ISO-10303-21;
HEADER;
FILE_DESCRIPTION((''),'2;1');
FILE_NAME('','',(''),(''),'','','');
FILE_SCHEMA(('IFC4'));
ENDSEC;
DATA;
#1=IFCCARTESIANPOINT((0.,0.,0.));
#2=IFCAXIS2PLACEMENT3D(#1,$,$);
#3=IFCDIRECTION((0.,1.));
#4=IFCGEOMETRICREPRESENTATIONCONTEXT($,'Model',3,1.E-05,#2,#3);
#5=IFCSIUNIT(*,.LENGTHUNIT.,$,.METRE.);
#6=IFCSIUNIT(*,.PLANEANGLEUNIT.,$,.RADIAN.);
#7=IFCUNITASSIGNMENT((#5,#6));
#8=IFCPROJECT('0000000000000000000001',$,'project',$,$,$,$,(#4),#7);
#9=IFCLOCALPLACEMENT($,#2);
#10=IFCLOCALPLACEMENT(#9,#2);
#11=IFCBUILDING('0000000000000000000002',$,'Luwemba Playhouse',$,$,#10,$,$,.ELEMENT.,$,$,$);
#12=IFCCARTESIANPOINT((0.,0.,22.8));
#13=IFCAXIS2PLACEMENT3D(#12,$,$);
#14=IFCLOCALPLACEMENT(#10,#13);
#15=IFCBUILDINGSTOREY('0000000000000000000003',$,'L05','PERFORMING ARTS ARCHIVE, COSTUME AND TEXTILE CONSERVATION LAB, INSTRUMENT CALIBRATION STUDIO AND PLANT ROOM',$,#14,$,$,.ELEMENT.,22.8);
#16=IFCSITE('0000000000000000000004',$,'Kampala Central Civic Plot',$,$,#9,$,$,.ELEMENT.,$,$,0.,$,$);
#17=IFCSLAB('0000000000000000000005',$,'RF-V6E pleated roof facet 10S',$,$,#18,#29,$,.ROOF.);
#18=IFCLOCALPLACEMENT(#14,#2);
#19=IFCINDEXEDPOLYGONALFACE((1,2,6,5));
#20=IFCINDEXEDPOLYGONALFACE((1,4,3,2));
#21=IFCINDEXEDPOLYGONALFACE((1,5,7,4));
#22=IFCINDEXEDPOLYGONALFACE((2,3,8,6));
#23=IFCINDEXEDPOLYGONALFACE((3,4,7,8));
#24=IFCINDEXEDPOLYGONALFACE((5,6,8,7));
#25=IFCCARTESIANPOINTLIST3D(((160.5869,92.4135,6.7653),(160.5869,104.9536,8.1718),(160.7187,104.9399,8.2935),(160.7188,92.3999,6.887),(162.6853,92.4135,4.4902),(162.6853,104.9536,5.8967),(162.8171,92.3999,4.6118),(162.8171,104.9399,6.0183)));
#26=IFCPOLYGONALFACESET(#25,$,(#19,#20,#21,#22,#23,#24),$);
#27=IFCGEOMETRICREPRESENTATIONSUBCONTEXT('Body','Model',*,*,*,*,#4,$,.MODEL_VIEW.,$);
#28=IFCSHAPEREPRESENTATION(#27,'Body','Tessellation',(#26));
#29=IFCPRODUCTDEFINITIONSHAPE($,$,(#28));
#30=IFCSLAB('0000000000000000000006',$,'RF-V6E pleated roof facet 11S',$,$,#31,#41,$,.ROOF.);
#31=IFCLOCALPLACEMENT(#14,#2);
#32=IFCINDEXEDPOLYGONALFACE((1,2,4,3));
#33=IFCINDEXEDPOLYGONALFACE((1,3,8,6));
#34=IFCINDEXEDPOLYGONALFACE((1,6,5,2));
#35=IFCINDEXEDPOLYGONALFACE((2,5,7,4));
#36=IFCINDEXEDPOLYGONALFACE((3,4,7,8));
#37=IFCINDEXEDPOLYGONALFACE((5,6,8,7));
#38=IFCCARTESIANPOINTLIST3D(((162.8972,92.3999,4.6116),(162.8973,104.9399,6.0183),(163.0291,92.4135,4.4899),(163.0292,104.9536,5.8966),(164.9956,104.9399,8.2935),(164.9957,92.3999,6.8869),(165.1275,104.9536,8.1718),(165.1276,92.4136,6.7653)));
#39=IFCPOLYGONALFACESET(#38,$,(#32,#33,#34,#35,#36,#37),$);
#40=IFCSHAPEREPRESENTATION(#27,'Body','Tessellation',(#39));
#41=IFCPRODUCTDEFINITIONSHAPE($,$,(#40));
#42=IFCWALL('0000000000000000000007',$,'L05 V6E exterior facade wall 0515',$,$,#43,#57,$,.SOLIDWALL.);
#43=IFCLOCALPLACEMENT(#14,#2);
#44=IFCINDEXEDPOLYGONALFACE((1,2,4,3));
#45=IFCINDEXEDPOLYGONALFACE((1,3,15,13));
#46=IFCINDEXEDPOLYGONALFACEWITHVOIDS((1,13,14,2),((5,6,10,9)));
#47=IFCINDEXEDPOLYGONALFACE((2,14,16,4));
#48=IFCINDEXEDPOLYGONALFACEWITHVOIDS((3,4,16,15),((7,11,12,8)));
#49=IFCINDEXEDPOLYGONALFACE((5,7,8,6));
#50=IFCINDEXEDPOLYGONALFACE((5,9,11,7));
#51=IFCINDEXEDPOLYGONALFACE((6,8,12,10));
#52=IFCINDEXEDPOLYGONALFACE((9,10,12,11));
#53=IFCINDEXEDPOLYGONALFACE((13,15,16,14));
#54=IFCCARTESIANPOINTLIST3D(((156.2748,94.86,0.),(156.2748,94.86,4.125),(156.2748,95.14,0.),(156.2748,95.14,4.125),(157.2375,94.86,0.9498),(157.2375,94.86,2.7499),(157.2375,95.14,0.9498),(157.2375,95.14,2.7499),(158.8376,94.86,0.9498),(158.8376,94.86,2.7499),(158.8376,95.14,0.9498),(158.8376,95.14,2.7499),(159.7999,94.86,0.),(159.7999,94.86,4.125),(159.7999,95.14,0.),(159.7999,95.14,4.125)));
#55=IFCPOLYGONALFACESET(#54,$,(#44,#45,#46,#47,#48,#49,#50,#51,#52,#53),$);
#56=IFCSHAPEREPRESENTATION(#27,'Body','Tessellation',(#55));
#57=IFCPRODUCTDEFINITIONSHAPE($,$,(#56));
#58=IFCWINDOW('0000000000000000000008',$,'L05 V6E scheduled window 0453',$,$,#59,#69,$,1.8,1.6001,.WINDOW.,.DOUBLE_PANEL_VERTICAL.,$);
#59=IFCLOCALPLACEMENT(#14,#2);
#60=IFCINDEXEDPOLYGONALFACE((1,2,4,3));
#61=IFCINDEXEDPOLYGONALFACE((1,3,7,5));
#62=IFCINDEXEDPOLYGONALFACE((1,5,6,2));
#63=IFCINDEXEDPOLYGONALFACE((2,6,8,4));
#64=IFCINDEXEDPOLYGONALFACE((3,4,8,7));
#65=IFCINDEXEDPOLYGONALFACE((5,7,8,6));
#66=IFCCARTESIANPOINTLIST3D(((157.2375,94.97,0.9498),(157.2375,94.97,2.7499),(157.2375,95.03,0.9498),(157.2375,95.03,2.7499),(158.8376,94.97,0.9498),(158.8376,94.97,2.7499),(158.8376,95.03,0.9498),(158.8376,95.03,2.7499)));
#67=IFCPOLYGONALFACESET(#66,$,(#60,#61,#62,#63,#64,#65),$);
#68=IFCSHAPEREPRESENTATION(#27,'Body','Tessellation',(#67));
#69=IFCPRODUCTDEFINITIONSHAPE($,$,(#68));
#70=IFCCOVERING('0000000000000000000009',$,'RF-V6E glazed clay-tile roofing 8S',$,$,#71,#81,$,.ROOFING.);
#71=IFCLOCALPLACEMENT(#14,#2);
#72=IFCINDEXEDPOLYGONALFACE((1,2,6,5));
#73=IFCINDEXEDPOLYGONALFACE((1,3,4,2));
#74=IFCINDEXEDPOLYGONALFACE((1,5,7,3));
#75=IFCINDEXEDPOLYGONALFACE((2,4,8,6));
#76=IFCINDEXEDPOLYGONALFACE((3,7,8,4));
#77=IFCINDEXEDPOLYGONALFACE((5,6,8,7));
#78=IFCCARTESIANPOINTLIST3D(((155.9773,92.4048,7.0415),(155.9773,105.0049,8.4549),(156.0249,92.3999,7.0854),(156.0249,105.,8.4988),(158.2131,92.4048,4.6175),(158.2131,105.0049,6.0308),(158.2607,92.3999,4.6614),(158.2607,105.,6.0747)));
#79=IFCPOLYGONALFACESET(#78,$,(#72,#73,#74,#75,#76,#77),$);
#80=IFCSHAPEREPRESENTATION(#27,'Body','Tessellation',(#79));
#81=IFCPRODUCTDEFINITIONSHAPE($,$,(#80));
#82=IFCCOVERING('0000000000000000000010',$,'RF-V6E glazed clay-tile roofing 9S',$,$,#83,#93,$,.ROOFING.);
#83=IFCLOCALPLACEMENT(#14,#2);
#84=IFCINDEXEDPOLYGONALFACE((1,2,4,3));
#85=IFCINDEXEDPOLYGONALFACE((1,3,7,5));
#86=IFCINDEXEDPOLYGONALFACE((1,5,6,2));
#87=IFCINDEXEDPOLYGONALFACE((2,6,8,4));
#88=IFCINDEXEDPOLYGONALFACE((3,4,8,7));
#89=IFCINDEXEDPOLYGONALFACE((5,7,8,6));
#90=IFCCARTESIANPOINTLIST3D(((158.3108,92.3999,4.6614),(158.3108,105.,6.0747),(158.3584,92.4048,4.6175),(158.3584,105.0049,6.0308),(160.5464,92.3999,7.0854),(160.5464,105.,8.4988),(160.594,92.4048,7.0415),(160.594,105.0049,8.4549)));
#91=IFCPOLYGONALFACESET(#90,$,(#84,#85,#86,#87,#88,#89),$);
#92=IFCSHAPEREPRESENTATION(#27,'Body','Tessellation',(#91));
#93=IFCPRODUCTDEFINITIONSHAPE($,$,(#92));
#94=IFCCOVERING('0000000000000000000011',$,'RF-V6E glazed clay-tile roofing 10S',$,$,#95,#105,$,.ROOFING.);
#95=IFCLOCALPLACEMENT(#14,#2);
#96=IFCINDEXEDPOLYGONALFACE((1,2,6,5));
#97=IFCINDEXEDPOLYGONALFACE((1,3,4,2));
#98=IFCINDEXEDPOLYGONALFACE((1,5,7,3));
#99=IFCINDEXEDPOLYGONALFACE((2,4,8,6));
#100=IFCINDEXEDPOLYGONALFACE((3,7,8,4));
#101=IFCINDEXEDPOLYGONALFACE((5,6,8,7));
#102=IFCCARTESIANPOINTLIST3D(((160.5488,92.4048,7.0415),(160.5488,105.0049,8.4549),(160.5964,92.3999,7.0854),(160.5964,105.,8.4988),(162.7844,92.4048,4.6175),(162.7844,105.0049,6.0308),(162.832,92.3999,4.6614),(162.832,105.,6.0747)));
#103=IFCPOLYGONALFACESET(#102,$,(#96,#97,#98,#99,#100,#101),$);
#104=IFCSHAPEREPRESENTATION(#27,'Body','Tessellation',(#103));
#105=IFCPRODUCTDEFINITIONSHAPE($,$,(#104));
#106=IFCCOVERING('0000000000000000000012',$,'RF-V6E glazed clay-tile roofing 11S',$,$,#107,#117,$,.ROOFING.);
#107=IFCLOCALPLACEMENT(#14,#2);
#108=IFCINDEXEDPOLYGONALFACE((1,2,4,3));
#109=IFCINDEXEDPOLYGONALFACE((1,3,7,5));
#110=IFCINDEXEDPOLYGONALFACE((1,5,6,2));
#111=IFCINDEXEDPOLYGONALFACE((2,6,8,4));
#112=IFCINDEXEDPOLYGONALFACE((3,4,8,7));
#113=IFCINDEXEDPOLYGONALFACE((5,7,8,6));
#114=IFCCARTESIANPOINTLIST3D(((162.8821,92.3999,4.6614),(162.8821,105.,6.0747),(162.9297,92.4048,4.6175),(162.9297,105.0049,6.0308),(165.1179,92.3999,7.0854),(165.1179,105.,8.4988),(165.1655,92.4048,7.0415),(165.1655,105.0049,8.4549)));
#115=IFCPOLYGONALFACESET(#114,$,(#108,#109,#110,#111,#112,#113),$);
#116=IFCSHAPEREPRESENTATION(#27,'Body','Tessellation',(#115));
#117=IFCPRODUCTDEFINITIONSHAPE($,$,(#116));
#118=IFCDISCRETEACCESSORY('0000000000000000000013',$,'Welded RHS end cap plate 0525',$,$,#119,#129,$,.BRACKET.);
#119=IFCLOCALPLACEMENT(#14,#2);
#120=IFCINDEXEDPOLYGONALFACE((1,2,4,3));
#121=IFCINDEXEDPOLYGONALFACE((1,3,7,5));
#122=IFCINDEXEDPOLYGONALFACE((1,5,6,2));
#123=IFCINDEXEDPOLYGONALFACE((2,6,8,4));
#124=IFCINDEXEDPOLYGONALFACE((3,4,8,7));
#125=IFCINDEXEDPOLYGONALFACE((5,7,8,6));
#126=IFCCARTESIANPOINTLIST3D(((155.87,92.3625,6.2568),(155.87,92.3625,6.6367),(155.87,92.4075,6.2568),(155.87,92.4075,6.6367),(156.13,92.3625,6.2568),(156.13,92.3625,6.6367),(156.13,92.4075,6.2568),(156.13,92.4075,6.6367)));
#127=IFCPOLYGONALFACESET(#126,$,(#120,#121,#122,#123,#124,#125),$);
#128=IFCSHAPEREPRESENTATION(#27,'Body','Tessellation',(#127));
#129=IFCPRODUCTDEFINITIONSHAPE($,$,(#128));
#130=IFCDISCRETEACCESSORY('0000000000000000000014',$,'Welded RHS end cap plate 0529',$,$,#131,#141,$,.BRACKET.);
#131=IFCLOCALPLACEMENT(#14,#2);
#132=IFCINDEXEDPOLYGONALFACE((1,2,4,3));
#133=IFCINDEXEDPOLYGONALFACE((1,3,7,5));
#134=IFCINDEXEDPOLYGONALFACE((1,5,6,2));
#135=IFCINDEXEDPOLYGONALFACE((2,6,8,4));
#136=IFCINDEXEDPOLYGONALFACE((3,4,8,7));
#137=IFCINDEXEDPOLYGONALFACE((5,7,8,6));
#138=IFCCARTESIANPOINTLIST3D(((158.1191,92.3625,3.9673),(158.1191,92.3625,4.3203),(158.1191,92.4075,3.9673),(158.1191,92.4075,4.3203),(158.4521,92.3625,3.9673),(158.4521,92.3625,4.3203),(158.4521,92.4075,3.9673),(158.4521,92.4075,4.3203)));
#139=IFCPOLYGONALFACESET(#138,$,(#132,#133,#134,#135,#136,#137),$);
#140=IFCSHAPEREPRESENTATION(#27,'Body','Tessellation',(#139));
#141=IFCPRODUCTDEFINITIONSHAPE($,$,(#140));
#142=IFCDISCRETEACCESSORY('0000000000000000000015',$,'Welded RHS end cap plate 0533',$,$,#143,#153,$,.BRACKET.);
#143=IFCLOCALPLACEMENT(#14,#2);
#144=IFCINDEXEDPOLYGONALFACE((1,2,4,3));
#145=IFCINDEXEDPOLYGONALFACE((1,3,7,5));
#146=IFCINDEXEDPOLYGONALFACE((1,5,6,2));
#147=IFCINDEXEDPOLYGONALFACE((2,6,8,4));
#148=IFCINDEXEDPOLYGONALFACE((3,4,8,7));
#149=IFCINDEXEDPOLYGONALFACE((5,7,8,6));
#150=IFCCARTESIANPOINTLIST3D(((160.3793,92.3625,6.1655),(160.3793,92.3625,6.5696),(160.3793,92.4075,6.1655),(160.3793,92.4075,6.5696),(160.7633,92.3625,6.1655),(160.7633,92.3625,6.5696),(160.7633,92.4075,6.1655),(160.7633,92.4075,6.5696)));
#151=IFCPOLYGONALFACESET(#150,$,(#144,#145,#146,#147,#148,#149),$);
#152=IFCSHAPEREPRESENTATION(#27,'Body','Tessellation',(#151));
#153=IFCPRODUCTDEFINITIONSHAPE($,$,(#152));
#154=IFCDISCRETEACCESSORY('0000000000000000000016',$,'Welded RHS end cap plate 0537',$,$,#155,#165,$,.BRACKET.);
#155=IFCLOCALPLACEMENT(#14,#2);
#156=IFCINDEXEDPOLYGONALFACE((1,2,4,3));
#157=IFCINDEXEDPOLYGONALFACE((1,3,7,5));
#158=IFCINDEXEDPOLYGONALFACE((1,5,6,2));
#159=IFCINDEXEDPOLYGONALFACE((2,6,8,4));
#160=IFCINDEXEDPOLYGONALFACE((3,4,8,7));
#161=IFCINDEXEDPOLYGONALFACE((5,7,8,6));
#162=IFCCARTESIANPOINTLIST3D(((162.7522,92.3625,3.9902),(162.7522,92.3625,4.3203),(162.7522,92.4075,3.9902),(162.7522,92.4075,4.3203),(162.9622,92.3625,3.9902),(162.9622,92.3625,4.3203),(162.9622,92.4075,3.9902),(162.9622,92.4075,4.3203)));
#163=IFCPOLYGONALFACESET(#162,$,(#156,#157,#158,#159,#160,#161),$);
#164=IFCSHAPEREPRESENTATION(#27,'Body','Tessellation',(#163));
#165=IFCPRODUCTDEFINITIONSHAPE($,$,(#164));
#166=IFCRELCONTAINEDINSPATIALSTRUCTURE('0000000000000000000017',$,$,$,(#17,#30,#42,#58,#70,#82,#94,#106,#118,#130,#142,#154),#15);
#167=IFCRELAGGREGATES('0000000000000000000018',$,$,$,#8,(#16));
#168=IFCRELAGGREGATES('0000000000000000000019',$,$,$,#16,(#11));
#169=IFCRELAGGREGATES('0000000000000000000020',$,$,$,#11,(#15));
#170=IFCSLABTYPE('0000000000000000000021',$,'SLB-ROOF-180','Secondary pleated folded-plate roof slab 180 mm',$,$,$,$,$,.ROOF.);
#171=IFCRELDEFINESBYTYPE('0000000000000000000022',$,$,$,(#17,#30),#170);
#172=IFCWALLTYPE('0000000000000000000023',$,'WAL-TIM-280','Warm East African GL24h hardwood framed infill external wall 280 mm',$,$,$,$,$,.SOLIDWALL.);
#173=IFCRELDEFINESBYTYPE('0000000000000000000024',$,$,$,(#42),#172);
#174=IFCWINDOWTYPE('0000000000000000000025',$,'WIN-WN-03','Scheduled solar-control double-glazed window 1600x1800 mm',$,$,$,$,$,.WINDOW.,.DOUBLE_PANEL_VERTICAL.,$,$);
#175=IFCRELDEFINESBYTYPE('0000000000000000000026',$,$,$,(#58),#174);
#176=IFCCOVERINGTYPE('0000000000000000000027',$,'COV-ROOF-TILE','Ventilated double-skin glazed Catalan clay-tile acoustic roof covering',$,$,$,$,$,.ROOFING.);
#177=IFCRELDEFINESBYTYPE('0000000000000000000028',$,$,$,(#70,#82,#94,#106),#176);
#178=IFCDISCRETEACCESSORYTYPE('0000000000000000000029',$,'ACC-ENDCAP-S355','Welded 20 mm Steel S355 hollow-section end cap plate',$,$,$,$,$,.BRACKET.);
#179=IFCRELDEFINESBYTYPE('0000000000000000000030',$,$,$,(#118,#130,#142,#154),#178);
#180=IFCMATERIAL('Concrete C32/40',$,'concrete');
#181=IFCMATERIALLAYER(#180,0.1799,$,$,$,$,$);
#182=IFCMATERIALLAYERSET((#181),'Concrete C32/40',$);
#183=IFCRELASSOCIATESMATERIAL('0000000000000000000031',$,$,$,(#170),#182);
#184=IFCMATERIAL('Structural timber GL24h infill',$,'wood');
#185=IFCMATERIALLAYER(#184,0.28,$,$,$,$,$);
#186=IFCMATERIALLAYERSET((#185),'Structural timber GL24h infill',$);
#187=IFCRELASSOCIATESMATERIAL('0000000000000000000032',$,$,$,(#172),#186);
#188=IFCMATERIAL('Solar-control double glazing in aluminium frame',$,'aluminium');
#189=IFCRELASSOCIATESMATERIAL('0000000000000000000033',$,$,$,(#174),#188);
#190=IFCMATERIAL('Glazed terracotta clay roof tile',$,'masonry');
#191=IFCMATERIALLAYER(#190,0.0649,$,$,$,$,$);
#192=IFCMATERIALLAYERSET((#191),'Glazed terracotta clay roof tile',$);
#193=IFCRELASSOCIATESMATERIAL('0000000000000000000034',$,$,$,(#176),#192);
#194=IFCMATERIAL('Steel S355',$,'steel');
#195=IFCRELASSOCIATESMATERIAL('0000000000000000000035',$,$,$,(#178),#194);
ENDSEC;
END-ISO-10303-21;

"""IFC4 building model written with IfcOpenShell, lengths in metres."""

from ifc_helpers import new_model, si_unit, direction, frame, frame_2d, origin, origin_2d, place, context, subcontext, project, spatial, polyline, rectangle, outline, extrude, material, layer, layer_set, type_object, element, fill, save


model = new_model("IFC4")

# Units and contexts
model_context = context("Model", 3, precision=1e-05, world=origin(), true_north=direction((0.0, 1.0)))
body_context = subcontext(model_context, "Body", "Model", "MODEL_VIEW")
ifc_project = project(units=[si_unit("LENGTHUNIT", "METRE"), si_unit("PLANEANGLEUNIT", "RADIAN")], contexts=[model_context])

# Site, building, storey
site_placement = place(None, origin())
site = spatial("IfcSite", under=ifc_project, at=site_placement, Name="Kampala Central Civic Plot", CompositionType="ELEMENT", RefElevation=0.0)
building_placement = place(site_placement, origin())
building = spatial("IfcBuilding", under=site, at=building_placement, Name="Luwemba Playhouse", CompositionType="ELEMENT")
storey_placement = place(building_placement, frame((0.0, 0.0, 22.8)))
storey = spatial("IfcBuildingStorey", under=building, at=storey_placement, Name="L05", Description="PERFORMING ARTS ARCHIVE, COSTUME AND TEXTILE CONSERVATION LAB, INSTRUMENT CALIBRATION STUDIO AND PLANT ROOM", CompositionType="ELEMENT", Elevation=22.8)

# Shared definitions
ifc_material_1 = material(Name="Steel S355", Category="steel")

# Slabs
ifc_material_2 = material(Name="Concrete C32/40", Category="concrete")
ifc_layer_1 = layer(ifc_material_2, 0.1799)
ifc_layer_set_1 = layer_set([ifc_layer_1], Name="Concrete C32/40")
slab_type = type_object("IfcSlabType", Name="SLB-ROOF-180", Description="Secondary pleated folded-plate roof slab 180 mm", PredefinedType="ROOF", material=ifc_layer_set_1)
slab_1_placement = place(storey_placement, frame((160.7188, 92.3999, 6.887), z_axis=(0.732969, -0.075823, 0.676024), x_axis=(0.677975, 0.0, -0.735085)))
element("IfcSlab", 1, at=slab_1_placement, inside=storey, type_object=slab_type, Name="RF-V6E pleated roof facet 10S", PredefinedType="ROOF", context=body_context, shape_type="SweptSolid", body=[
    extrude(outline(polyline([(0.0, 0.0), (3.0951, 0.0), (2.0612, 12.5762), (-1.0339, 12.5762), (0.0, 0.0)])), origin(), (0.0, 0.0, -1.0), 0.1799),
])
slab_2_placement = place(storey_placement, frame((162.8972, 92.3999, 4.6116), z_axis=(-0.732986, -0.075827, 0.676004), x_axis=(0.677956, 0.000002, 0.735103)))
element("IfcSlab", 2, at=slab_2_placement, inside=storey, type_object=slab_type, Name="RF-V6E pleated roof facet 11S", PredefinedType="ROOF", context=body_context, shape_type="SweptSolid", body=[
    extrude(outline(polyline([(0.0, 0.0), (3.0953, 0.0), (4.1292, 12.5762), (1.0341, 12.5763), (0.0, 0.0)])), origin(), (0.0, 0.0, -1.0), 0.1799),
])

# Wall, opening, window
ifc_material_3 = material(Name="Structural timber GL24h infill", Category="wood")
ifc_layer_2 = layer(ifc_material_3, 0.28)
ifc_layer_set_2 = layer_set([ifc_layer_2], Name="Structural timber GL24h infill")
wall_type = type_object("IfcWallType", Name="WAL-TIM-280", Description="Warm East African GL24h hardwood framed infill external wall 280 mm", PredefinedType="SOLIDWALL", material=ifc_layer_set_2)
wall_placement = place(storey_placement, frame((159.8, 95.0, 0.0), z_axis=(0.0, 0.0, 1.0), x_axis=(-1.0, 0.0, 0.0)))
wall = element("IfcWall", 3, at=wall_placement, inside=storey, type_object=wall_type, Name="L05 V6E exterior facade wall 0515", PredefinedType="SOLIDWALL", context=body_context, shape_type="SweptSolid", body=[
    extrude(rectangle(XDim=3.5251, YDim=0.28, at=frame_2d((1.7627, 0.0))), origin(), (0.0, 0.0, 1.0), 4.125),
])
opening_placement = place(wall_placement, frame((0.9624, 0.0, 0.95)))
opening = element("IfcOpeningElement", 4, at=opening_placement, cuts=wall, PredefinedType="OPENING", context=body_context, shape_type="SweptSolid", body=[
    extrude(rectangle(XDim=1.6001, YDim=1.8, at=frame_2d((0.8, 0.8999))), frame((0.0, 0.1499, 0.0), z_axis=(0.0, -1.0, 0.0), x_axis=(1.0, 0.0, 0.0)), (0.0, 0.0, 1.0), 0.3),
])
ifc_material_4 = material(Name="Solar-control double glazing in aluminium frame", Category="aluminium")
window_type = type_object("IfcWindowType", Name="WIN-WN-03", Description="Scheduled solar-control double-glazed window 1600x1800 mm", PartitioningType="DOUBLE_PANEL_VERTICAL", PredefinedType="WINDOW", material=ifc_material_4)
window_placement = place(opening_placement, origin())
window = element("IfcWindow", 5, at=window_placement, inside=storey, type_object=window_type, Name="L05 V6E scheduled window 0453", OverallHeight=1.8, OverallWidth=1.6001, PartitioningType="DOUBLE_PANEL_VERTICAL", PredefinedType="WINDOW", context=body_context, shape_type="SweptSolid", body=[
    extrude(rectangle(XDim=1.6001, YDim=1.8, at=frame_2d((0.8, 0.8999))), frame((0.0, 0.03, 0.0), z_axis=(0.0, -1.0, 0.0), x_axis=(1.0, 0.0, 0.0)), (0.0, 0.0, 1.0), 0.0601),
])
fill(opening, window)

# Coverings
ifc_material_5 = material(Name="Glazed terracotta clay roof tile", Category="masonry")
ifc_layer_3 = layer(ifc_material_5, 0.0649)
ifc_layer_set_3 = layer_set([ifc_layer_3], Name="Glazed terracotta clay roof tile")
covering_type = type_object("IfcCoveringType", Name="COV-ROOF-TILE", Description="Ventilated double-skin glazed Catalan clay-tile acoustic roof covering", PredefinedType="ROOFING", material=ifc_layer_set_3)
covering_1_placement = place(storey_placement, frame((156.0249, 92.3999, 7.0854), z_axis=(0.732954, -0.07583, 0.676039), x_axis=(0.677991, 0.0, -0.73507)))
element("IfcCovering", 6, at=covering_1_placement, inside=storey, type_object=covering_type, Name="RF-V6E glazed clay-tile roofing 8S", PredefinedType="ROOFING", context=body_context, shape_type="SweptSolid", body=[
    extrude(outline(polyline([(0.0, 0.0), (3.2977, 0.0), (2.2588, 12.6365), (-1.0389, 12.6365), (0.0, 0.0)])), origin(), (0.0, 0.0, -1.0), 0.0649),
])
covering_2_placement = place(storey_placement, frame((158.3108, 92.3999, 4.6614), z_axis=(-0.732991, -0.075826, 0.675999), x_axis=(0.677951, 0.0, 0.735107)))
element("IfcCovering", 7, at=covering_2_placement, inside=storey, type_object=covering_type, Name="RF-V6E glazed clay-tile roofing 9S", PredefinedType="ROOFING", context=body_context, shape_type="SweptSolid", body=[
    extrude(outline(polyline([(0.0, 0.0), (3.2976, 0.0), (4.3365, 12.6365), (1.0389, 12.6365), (0.0, 0.0)])), origin(), (0.0, 0.0, -1.0), 0.0649),
])
covering_3_placement = place(storey_placement, frame((160.5964, 92.3999, 7.0854), z_axis=(0.732991, -0.075826, 0.675999), x_axis=(0.677951, 0.0, -0.735107)))
element("IfcCovering", 8, at=covering_3_placement, inside=storey, type_object=covering_type, Name="RF-V6E glazed clay-tile roofing 10S", PredefinedType="ROOFING", context=body_context, shape_type="SweptSolid", body=[
    extrude(outline(polyline([(0.0, 0.0), (3.2976, 0.0), (2.2586, 12.6365), (-1.0389, 12.6365), (0.0, 0.0)])), origin(), (0.0, 0.0, -1.0), 0.0649),
])
covering_4_placement = place(storey_placement, frame((162.8821, 92.3999, 4.6614), z_axis=(-0.732954, -0.07583, 0.676039), x_axis=(0.677991, 0.0, 0.73507)))
element("IfcCovering", 9, at=covering_4_placement, inside=storey, type_object=covering_type, Name="RF-V6E glazed clay-tile roofing 11S", PredefinedType="ROOFING", context=body_context, shape_type="SweptSolid", body=[
    extrude(outline(polyline([(0.0, 0.0), (3.2977, 0.0), (4.3366, 12.6365), (1.0389, 12.6365), (0.0, 0.0)])), origin(), (0.0, 0.0, -1.0), 0.0649),
])

# Discrete accessories
discrete_accessory_type = type_object("IfcDiscreteAccessoryType", Name="ACC-ENDCAP-S355", Description="Welded 20 mm Steel S355 hollow-section end cap plate", PredefinedType="BRACKET", material=ifc_material_1)
discrete_accessory_1_placement = place(storey_placement, frame((156.0, 92.385, 6.2568), z_axis=(0.0, 0.0, 1.0), x_axis=(1.0, 0.0, 0.0)))
element("IfcDiscreteAccessory", 10, at=discrete_accessory_1_placement, inside=storey, type_object=discrete_accessory_type, Name="Welded RHS end cap plate 0525", PredefinedType="BRACKET", context=body_context, shape_type="SweptSolid", body=[
    extrude(rectangle(XDim=0.26, YDim=0.0449, at=origin_2d()), origin(), (0.0, 0.0, 1.0), 0.3799),
])
discrete_accessory_2_placement = place(storey_placement, frame((158.2856, 92.385, 3.9673), z_axis=(0.0, 0.0, 1.0), x_axis=(1.0, 0.0, 0.0)))
element("IfcDiscreteAccessory", 11, at=discrete_accessory_2_placement, inside=storey, type_object=discrete_accessory_type, Name="Welded RHS end cap plate 0529", PredefinedType="BRACKET", context=body_context, shape_type="SweptSolid", body=[
    extrude(rectangle(XDim=0.333, YDim=0.0449, at=origin_2d()), origin(), (0.0, 0.0, 1.0), 0.353),
])
discrete_accessory_3_placement = place(storey_placement, frame((160.5713, 92.385, 6.1655), z_axis=(0.0, 0.0, 1.0), x_axis=(1.0, 0.0, 0.0)))
element("IfcDiscreteAccessory", 12, at=discrete_accessory_3_placement, inside=storey, type_object=discrete_accessory_type, Name="Welded RHS end cap plate 0533", PredefinedType="BRACKET", context=body_context, shape_type="SweptSolid", body=[
    extrude(rectangle(XDim=0.384, YDim=0.0449, at=origin_2d()), origin(), (0.0, 0.0, 1.0), 0.4041),
])
discrete_accessory_4_placement = place(storey_placement, frame((162.8572, 92.385, 3.9902), z_axis=(0.0, 0.0, 1.0), x_axis=(1.0, 0.0, 0.0)))
element("IfcDiscreteAccessory", 13, at=discrete_accessory_4_placement, inside=storey, type_object=discrete_accessory_type, Name="Welded RHS end cap plate 0537", PredefinedType="BRACKET", context=body_context, shape_type="SweptSolid", body=[
    extrude(rectangle(XDim=0.21, YDim=0.0449, at=origin_2d()), origin(), (0.0, 0.0, 1.0), 0.3301),
])

save(model, "model.ifc")
